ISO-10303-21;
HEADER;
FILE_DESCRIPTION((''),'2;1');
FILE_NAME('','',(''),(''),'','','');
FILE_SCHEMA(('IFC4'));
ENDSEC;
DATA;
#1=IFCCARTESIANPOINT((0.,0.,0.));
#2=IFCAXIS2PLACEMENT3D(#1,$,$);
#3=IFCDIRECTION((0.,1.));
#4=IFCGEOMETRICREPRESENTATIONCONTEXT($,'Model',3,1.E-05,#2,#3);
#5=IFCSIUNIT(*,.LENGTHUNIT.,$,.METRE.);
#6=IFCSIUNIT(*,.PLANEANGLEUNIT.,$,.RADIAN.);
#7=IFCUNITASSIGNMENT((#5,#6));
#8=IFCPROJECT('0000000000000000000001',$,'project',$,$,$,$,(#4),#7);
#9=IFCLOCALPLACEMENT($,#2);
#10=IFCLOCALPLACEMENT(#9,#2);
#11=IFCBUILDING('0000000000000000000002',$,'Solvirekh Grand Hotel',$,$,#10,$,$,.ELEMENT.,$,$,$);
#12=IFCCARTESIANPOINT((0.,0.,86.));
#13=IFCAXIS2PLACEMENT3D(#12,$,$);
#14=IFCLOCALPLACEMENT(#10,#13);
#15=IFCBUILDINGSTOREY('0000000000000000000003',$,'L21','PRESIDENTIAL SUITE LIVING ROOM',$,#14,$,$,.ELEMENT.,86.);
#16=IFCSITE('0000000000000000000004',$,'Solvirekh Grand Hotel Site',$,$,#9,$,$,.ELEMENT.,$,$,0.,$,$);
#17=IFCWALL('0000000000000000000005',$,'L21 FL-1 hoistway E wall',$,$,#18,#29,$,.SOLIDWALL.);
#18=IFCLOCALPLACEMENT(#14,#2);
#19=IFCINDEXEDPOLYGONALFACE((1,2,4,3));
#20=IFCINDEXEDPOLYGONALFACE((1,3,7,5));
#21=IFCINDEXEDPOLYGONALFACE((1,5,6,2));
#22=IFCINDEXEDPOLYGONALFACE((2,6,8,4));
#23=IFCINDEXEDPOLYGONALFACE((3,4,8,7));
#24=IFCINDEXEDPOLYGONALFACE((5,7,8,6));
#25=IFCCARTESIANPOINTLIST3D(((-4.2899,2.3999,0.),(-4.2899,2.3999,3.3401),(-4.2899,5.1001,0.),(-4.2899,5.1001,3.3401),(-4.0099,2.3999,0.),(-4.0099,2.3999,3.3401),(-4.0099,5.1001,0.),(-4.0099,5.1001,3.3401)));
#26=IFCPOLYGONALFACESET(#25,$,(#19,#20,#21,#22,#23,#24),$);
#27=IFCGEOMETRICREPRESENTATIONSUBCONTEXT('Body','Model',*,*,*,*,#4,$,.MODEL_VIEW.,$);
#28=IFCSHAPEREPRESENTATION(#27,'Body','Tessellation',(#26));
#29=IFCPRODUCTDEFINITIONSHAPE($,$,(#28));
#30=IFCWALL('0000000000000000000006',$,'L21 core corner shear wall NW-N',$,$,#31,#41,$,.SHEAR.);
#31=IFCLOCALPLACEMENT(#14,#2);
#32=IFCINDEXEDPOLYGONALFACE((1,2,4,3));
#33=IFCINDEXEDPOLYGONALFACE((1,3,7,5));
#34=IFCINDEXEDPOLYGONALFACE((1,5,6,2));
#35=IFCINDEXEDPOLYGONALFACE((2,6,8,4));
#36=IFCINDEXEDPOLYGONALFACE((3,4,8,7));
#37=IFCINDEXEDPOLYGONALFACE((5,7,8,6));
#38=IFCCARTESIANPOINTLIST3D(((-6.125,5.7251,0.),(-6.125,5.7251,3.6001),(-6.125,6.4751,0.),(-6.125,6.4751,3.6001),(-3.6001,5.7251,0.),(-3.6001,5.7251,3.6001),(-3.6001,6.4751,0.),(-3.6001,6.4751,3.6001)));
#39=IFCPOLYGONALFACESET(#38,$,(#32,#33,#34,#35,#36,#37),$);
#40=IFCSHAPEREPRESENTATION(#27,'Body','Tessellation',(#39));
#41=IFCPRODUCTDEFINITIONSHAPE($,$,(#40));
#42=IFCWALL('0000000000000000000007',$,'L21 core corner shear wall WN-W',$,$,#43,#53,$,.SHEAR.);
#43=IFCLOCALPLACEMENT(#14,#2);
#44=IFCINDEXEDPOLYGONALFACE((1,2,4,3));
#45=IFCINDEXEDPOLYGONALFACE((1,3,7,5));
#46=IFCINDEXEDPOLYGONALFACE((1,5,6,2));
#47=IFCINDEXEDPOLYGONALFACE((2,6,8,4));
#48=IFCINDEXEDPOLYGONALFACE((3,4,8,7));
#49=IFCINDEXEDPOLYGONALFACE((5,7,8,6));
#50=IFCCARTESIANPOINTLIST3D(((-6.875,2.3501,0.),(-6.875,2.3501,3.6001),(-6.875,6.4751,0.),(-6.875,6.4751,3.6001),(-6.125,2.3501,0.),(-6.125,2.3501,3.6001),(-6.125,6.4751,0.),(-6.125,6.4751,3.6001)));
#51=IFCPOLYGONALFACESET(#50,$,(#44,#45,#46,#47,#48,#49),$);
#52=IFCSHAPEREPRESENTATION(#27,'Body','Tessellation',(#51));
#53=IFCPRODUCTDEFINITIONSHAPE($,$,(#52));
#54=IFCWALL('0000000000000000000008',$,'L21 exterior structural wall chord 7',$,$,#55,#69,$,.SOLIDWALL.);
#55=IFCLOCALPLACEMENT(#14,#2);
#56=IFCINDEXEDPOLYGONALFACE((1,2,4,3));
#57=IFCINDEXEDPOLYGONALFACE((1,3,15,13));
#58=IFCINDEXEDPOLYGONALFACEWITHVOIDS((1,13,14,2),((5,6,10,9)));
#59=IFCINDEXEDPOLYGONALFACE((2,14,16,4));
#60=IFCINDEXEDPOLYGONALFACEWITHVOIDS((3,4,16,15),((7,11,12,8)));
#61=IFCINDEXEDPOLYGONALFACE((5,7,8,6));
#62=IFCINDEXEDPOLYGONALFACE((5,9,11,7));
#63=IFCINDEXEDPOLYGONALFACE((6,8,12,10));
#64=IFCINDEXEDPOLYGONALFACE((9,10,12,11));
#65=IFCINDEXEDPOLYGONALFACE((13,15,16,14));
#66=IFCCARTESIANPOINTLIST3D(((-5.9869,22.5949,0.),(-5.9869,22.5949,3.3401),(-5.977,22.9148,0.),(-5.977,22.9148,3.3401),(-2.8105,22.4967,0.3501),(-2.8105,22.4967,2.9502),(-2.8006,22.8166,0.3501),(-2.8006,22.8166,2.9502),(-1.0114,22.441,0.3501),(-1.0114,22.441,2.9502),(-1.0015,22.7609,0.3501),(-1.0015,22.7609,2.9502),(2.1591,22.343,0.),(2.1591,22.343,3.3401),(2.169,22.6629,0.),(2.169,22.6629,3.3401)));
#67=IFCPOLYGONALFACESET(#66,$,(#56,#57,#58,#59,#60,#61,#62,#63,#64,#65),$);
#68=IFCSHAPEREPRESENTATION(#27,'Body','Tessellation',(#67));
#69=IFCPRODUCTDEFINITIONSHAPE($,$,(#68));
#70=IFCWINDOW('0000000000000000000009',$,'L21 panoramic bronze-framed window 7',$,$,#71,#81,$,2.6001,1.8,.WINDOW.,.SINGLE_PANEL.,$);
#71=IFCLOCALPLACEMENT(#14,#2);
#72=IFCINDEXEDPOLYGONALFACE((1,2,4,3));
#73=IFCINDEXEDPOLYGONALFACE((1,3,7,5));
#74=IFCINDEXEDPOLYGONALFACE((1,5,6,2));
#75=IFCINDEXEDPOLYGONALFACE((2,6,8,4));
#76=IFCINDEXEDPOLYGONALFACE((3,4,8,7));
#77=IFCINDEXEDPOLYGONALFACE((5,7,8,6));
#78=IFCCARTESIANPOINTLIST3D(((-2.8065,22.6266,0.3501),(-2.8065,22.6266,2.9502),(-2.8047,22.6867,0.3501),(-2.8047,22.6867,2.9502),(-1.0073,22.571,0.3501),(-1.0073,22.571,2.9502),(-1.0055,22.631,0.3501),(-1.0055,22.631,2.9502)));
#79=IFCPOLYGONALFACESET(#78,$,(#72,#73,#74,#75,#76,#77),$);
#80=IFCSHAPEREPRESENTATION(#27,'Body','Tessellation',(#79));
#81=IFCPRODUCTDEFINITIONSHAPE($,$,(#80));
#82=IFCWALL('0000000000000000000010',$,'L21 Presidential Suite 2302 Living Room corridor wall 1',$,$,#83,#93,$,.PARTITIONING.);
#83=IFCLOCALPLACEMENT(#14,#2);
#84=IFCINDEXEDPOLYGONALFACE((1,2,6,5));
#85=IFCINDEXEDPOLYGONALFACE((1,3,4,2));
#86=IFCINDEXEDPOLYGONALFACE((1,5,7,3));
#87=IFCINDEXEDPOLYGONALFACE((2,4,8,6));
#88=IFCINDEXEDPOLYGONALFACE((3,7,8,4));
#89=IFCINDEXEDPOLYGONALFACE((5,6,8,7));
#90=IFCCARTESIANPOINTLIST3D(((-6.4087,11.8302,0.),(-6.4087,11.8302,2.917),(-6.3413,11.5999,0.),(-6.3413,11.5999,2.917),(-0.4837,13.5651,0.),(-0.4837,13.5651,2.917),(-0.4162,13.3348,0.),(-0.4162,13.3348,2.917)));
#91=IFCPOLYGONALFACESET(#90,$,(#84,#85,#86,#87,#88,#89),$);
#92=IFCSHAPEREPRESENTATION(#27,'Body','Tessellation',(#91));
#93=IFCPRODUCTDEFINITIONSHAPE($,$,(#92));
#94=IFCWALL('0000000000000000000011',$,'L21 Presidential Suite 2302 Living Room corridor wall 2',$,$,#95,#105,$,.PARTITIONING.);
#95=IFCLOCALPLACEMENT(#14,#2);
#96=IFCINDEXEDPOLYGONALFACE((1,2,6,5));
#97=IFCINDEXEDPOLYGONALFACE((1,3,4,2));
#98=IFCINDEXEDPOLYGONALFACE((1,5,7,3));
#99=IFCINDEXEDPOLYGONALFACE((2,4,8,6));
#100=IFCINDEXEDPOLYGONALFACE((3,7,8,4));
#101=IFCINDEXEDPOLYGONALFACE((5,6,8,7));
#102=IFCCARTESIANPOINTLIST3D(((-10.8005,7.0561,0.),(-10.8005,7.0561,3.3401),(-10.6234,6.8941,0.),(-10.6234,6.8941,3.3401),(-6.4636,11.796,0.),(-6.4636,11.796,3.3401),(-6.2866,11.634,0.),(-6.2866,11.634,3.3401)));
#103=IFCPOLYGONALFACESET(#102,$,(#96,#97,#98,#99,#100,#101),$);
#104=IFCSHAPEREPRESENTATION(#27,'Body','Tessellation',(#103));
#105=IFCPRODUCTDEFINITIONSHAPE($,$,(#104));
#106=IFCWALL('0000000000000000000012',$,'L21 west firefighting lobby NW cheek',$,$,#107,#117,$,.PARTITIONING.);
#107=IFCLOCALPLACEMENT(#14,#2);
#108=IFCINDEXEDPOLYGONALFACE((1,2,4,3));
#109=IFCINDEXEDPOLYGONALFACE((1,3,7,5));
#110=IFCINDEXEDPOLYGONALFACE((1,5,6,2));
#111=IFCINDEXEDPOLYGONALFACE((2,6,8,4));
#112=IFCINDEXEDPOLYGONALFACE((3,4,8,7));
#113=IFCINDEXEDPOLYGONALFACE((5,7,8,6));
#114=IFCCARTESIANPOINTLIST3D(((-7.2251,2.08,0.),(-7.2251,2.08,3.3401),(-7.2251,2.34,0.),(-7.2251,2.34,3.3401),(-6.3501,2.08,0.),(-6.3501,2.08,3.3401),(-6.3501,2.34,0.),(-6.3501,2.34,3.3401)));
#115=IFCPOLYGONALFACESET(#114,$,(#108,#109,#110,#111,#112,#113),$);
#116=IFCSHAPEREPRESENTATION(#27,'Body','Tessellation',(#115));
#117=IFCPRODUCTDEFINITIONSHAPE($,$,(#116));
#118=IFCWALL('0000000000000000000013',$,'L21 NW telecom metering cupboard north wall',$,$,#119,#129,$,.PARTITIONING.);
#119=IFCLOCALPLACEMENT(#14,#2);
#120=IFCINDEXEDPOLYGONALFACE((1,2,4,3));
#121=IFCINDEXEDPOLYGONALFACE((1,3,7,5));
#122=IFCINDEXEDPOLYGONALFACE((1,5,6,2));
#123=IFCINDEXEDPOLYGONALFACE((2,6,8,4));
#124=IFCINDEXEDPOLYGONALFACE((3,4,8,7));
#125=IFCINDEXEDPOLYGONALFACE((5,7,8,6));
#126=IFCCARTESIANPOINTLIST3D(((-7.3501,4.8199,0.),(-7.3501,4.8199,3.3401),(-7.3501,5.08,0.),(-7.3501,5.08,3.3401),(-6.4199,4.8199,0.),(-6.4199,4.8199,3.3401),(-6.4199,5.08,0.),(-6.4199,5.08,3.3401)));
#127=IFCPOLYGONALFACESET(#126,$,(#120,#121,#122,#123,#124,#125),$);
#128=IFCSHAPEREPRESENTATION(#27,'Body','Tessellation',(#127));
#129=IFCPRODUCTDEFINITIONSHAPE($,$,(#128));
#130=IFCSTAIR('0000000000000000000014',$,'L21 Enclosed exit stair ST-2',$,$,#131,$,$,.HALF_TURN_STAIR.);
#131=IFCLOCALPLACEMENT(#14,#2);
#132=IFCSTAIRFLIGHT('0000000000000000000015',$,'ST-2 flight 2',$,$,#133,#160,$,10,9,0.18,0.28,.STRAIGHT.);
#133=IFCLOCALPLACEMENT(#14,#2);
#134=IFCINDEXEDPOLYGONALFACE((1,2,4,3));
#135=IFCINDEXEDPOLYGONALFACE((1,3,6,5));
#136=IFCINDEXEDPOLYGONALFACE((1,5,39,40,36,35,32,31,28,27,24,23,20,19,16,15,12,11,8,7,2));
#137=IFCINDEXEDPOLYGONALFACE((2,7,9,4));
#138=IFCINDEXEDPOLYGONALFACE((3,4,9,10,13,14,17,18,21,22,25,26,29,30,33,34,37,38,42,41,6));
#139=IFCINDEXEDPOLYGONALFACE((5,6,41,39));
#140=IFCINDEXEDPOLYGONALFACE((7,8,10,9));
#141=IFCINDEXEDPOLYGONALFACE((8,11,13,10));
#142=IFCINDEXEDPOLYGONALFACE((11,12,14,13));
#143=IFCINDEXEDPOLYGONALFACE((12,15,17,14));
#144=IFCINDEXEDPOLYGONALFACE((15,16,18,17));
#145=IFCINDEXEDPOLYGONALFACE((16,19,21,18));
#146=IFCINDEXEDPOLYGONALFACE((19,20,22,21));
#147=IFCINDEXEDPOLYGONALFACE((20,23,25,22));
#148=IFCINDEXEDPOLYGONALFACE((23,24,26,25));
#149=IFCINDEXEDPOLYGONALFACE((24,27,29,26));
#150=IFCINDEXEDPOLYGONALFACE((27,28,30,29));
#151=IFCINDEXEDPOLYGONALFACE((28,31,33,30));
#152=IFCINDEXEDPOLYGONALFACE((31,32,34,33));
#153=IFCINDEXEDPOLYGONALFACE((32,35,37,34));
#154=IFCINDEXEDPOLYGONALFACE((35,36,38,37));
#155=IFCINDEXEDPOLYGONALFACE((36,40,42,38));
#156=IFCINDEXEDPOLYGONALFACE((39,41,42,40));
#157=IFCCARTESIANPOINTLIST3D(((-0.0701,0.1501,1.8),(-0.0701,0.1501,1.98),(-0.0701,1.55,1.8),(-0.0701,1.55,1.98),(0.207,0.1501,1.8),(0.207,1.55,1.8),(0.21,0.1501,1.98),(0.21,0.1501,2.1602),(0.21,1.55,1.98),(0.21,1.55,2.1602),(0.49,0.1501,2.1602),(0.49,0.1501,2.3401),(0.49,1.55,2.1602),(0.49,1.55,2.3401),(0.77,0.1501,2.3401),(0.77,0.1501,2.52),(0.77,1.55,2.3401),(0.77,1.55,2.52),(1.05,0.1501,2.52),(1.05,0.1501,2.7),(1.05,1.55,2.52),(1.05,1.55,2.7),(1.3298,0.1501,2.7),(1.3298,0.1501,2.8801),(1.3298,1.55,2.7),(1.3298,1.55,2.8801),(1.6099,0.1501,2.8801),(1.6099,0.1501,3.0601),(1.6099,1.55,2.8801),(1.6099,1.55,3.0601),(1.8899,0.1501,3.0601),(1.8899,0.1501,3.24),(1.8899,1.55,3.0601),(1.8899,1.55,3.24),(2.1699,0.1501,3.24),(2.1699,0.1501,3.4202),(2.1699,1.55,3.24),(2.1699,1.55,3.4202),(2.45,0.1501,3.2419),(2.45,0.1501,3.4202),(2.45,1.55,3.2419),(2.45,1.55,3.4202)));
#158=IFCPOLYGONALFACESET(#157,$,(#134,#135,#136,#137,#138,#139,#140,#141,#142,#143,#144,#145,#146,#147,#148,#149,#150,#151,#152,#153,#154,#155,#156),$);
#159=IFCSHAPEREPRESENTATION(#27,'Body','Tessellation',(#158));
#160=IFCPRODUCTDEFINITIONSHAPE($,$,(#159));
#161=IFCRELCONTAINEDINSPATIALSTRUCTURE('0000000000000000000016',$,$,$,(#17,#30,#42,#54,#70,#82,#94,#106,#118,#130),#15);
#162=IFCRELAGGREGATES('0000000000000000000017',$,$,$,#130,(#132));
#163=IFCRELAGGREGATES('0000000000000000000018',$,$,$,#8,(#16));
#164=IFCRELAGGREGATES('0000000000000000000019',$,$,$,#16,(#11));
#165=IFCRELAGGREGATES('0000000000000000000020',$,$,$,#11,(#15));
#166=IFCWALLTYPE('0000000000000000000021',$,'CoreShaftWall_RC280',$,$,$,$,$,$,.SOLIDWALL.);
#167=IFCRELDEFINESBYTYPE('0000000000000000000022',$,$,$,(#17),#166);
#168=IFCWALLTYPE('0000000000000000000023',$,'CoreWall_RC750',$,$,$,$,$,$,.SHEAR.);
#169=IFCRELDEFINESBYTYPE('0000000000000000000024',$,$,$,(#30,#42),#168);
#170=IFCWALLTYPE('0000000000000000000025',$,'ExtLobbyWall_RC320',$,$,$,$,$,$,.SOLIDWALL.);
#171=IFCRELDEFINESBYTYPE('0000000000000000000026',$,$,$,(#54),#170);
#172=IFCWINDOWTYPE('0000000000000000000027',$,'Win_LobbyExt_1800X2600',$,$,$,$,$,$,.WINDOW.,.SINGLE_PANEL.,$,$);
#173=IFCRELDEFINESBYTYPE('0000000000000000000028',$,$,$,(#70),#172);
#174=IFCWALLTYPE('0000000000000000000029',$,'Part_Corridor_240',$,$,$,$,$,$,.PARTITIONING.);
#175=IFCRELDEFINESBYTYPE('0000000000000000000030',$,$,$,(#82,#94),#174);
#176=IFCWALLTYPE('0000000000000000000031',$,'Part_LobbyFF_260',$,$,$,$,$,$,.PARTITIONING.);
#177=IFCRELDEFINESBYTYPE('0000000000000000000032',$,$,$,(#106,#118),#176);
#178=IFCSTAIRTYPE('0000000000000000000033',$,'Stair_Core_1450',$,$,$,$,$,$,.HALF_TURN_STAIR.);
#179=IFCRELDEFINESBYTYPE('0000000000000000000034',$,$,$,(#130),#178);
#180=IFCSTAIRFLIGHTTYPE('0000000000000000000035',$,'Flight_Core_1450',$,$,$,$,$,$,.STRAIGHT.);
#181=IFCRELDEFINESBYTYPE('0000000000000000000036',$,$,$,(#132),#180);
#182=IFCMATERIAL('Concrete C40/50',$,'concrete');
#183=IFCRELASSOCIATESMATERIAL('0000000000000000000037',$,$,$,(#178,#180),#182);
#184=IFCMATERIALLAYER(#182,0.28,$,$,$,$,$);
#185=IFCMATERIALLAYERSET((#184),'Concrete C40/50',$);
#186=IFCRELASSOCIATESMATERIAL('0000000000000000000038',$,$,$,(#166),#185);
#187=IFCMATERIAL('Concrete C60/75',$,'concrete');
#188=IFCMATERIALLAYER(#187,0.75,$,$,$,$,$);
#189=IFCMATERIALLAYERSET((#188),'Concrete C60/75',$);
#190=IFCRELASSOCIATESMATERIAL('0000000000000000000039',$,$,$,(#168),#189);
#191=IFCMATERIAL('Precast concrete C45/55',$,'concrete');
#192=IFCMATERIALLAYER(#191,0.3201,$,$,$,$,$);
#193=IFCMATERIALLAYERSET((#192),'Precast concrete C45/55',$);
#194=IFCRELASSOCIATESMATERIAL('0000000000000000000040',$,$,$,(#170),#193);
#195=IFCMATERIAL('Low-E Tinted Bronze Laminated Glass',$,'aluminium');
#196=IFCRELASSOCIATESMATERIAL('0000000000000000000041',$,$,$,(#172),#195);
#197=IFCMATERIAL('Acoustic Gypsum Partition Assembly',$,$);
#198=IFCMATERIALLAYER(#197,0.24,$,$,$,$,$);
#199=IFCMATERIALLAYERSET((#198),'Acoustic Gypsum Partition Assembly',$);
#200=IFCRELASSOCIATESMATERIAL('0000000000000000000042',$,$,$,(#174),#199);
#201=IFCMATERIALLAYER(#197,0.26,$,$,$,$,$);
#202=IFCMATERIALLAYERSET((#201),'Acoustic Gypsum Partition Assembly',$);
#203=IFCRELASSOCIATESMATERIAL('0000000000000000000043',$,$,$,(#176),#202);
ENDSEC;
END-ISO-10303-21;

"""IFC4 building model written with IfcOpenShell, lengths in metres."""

from ifc_helpers import new_model, si_unit, direction, frame, frame_2d, origin, place, context, subcontext, project, spatial, polyline, rectangle, outline, extrude, material, layer, layer_set, type_object, element, fill, aggregate, save


model = new_model("IFC4")

# Units and contexts
model_context = context("Model", 3, precision=1e-05, world=origin(), true_north=direction((0.0, 1.0)))
body_context = subcontext(model_context, "Body", "Model", "MODEL_VIEW")
ifc_project = project(units=[si_unit("LENGTHUNIT", "METRE"), si_unit("PLANEANGLEUNIT", "RADIAN")], contexts=[model_context])

# Site, building, storey
site_placement = place(None, origin())
site = spatial("IfcSite", under=ifc_project, at=site_placement, Name="Solvirekh Grand Hotel Site", CompositionType="ELEMENT", RefElevation=0.0)
building_placement = place(site_placement, origin())
building = spatial("IfcBuilding", under=site, at=building_placement, Name="Solvirekh Grand Hotel", CompositionType="ELEMENT")
storey_placement = place(building_placement, frame((0.0, 0.0, 86.0)))
storey = spatial("IfcBuildingStorey", under=building, at=storey_placement, Name="L21", Description="PRESIDENTIAL SUITE LIVING ROOM", CompositionType="ELEMENT", Elevation=86.0)

# Shared definitions
ifc_material_1 = material(Name="Concrete C60/75", Category="concrete")

# Shared definitions
ifc_material_2 = material(Name="Concrete C40/50", Category="concrete")
stair_type = type_object("IfcStairType", Name="Stair_Core_1450", PredefinedType="HALF_TURN_STAIR", material=ifc_material_2)

# Shared definitions
ifc_layer_1 = layer(ifc_material_2, 0.28)
ifc_layer_set_1 = layer_set([ifc_layer_1], Name="Concrete C40/50")
wall_type_1 = type_object("IfcWallType", Name="CoreShaftWall_RC280", PredefinedType="SOLIDWALL", material=ifc_layer_set_1)

# Walls
wall_1_placement = place(storey_placement, frame((-4.1499, 2.3999, 0.0), z_axis=(0.0, 0.0, 1.0), x_axis=(0.0, 1.0, 0.0)))
element("IfcWall", 1, at=wall_1_placement, inside=storey, type_object=wall_type_1, Name="L21 FL-1 hoistway E wall", PredefinedType="SOLIDWALL", context=body_context, shape_type="SweptSolid", body=[
    extrude(rectangle(XDim=2.7002, YDim=0.28, at=frame_2d((1.3501, 0.0))), origin(), (0.0, 0.0, 1.0), 3.3401),
])
ifc_layer_2 = layer(ifc_material_1, 0.75)
ifc_layer_set_2 = layer_set([ifc_layer_2], Name="Concrete C60/75")
wall_type_2 = type_object("IfcWallType", Name="CoreWall_RC750", PredefinedType="SHEAR", material=ifc_layer_set_2)
wall_2_placement = place(storey_placement, frame((-6.125, 6.1001, 0.0), z_axis=(0.0, 0.0, 1.0), x_axis=(1.0, 0.0, 0.0)))
element("IfcWall", 2, at=wall_2_placement, inside=storey, type_object=wall_type_2, Name="L21 core corner shear wall NW-N", PredefinedType="SHEAR", context=body_context, shape_type="SweptSolid", body=[
    extrude(rectangle(XDim=2.5249, YDim=0.75, at=frame_2d((1.2625, 0.0))), origin(), (0.0, 0.0, 1.0), 3.6001),
])
wall_3_placement = place(storey_placement, frame((-6.5, 2.3501, 0.0), z_axis=(0.0, 0.0, 1.0), x_axis=(0.0, 1.0, 0.0)))
element("IfcWall", 3, at=wall_3_placement, inside=storey, type_object=wall_type_2, Name="L21 core corner shear wall WN-W", PredefinedType="SHEAR", context=body_context, shape_type="SweptSolid", body=[
    extrude(rectangle(XDim=4.125, YDim=0.75, at=frame_2d((2.0625, 0.0))), origin(), (0.0, 0.0, 1.0), 3.6001),
])

# Wall, opening, window
ifc_material_3 = material(Name="Precast concrete C45/55", Category="concrete")
ifc_layer_3 = layer(ifc_material_3, 0.3201)
ifc_layer_set_3 = layer_set([ifc_layer_3], Name="Precast concrete C45/55")
wall_type_3 = type_object("IfcWallType", Name="ExtLobbyWall_RC320", PredefinedType="SOLIDWALL", material=ifc_layer_set_3)
wall_4_placement = place(storey_placement, frame((-5.9819, 22.7549, 0.0), z_axis=(0.0, 0.0, 1.0), x_axis=(0.999522, -0.030915, 0.0)))
wall_4 = element("IfcWall", 4, at=wall_4_placement, inside=storey, type_object=wall_type_3, Name="L21 exterior structural wall chord 7", PredefinedType="SOLIDWALL", context=body_context, shape_type="SweptSolid", body=[
    extrude(rectangle(XDim=8.1499, YDim=0.3201, at=frame_2d((4.075, 0.0))), origin(), (0.0, 0.0, 1.0), 3.3401),
])
opening_1_placement = place(wall_4_placement, frame((3.178, 0.0, 0.3501)))
opening_1 = element("IfcOpeningElement", 5, at=opening_1_placement, cuts=wall_4, PredefinedType="OPENING", context=body_context, shape_type="SweptSolid", body=[
    extrude(rectangle(XDim=1.8, YDim=2.6001, at=frame_2d((0.8999, 1.3))), frame((0.0, 0.1699, 0.0), z_axis=(0.0, -1.0, 0.0), x_axis=(1.0, 0.0, 0.0)), (0.0, 0.0, 1.0), 0.3401),
])
ifc_material_4 = material(Name="Low-E Tinted Bronze Laminated Glass", Category="aluminium")
window_type = type_object("IfcWindowType", Name="Win_LobbyExt_1800X2600", PartitioningType="SINGLE_PANEL", PredefinedType="WINDOW", material=ifc_material_4)
window_placement = place(opening_1_placement, origin())
window = element("IfcWindow", 6, at=window_placement, inside=storey, type_object=window_type, Name="L21 panoramic bronze-framed window 7", OverallHeight=2.6001, OverallWidth=1.8, PartitioningType="SINGLE_PANEL", PredefinedType="WINDOW", context=body_context, shape_type="SweptSolid", body=[
    extrude(rectangle(XDim=1.8, YDim=2.6001, at=frame_2d((0.8999, 1.3))), frame((0.0, 0.03, 0.0), z_axis=(0.0, -1.0, 0.0), x_axis=(1.0, 0.0, 0.0)), (0.0, 0.0, 1.0), 0.0601),
])
fill(opening_1, window)

# Walls
ifc_material_5 = material(Name="Acoustic Gypsum Partition Assembly")
ifc_layer_4 = layer(ifc_material_5, 0.24)
ifc_layer_set_4 = layer_set([ifc_layer_4], Name="Acoustic Gypsum Partition Assembly")
wall_type_4 = type_object("IfcWallType", Name="Part_Corridor_240", PredefinedType="PARTITIONING", material=ifc_layer_set_4)
wall_5_placement = place(storey_placement, frame((-0.45, 13.45, 0.0), z_axis=(0.0, 0.0, 1.0), x_axis=(-0.959707, -0.281004, 0.0)))
element("IfcWall", 7, at=wall_5_placement, inside=storey, type_object=wall_type_4, Name="L21 Presidential Suite 2302 Living Room corridor wall 1", PredefinedType="PARTITIONING", context=body_context, shape_type="SweptSolid", body=[
    extrude(rectangle(XDim=6.1738, YDim=0.24, at=frame_2d((3.0869, 0.0))), origin(), (0.0, 0.0, 1.0), 2.917),
])
wall_6_placement = place(storey_placement, frame((-6.375, 11.7151, 0.0), z_axis=(0.0, 0.0, 1.0), x_axis=(-0.675041, -0.73778, 0.0)))
element("IfcWall", 8, at=wall_6_placement, inside=storey, type_object=wall_type_4, Name="L21 Presidential Suite 2302 Living Room corridor wall 2", PredefinedType="PARTITIONING", context=body_context, shape_type="SweptSolid", body=[
    extrude(rectangle(XDim=6.4246, YDim=0.24, at=frame_2d((3.2124, 0.0))), origin(), (0.0, 0.0, 1.0), 3.3401),
])
ifc_layer_5 = layer(ifc_material_5, 0.26)
ifc_layer_set_5 = layer_set([ifc_layer_5], Name="Acoustic Gypsum Partition Assembly")
wall_type_5 = type_object("IfcWallType", Name="Part_LobbyFF_260", PredefinedType="PARTITIONING", material=ifc_layer_set_5)
wall_7_placement = place(storey_placement, frame((-7.2251, 2.21, 0.0), z_axis=(0.0, 0.0, 1.0), x_axis=(1.0, 0.0, 0.0)))
element("IfcWall", 9, at=wall_7_placement, inside=storey, type_object=wall_type_5, Name="L21 west firefighting lobby NW cheek", PredefinedType="PARTITIONING", context=body_context, shape_type="SweptSolid", body=[
    extrude(rectangle(XDim=0.875, YDim=0.26, at=frame_2d((0.4375, 0.0))), origin(), (0.0, 0.0, 1.0), 3.3401),
])
wall_8_placement = place(storey_placement, frame((-7.3501, 4.95, 0.0), z_axis=(0.0, 0.0, 1.0), x_axis=(1.0, 0.0, 0.0)))
element("IfcWall", 10, at=wall_8_placement, inside=storey, type_object=wall_type_5, Name="L21 NW telecom metering cupboard north wall", PredefinedType="PARTITIONING", context=body_context, shape_type="SweptSolid", body=[
    extrude(rectangle(XDim=0.9302, YDim=0.26, at=frame_2d((0.4651, 0.0))), origin(), (0.0, 0.0, 1.0), 3.3401),
])

# Stair, stair flight
stair_1_placement = place(storey_placement, origin())
stair_1 = element("IfcStair", 11, at=stair_1_placement, inside=storey, type_object=stair_type, Name="L21 Enclosed exit stair ST-2", PredefinedType="HALF_TURN_STAIR")
stair_flight_type = type_object("IfcStairFlightType", Name="Flight_Core_1450", PredefinedType="STRAIGHT", material=ifc_material_2)
stair_flight_placement = place(storey_placement, frame((-0.0701, 0.8501, 1.8), z_axis=(0.0, 0.0, 1.0), x_axis=(1.0, 0.0, 0.0)))
stair_flight = element("IfcStairFlight", 12, at=stair_flight_placement, type_object=stair_flight_type, Name="ST-2 flight 2", NumberOfRisers=10, NumberOfTreads=9, PredefinedType="STRAIGHT", RiserHeight=0.18, TreadLength=0.28, context=body_context, shape_type="SweptSolid", body=[
    extrude(outline(polyline([(0.0, 0.0), (0.0, 0.1799), (0.28, 0.1799), (0.28, 0.3601), (0.5601, 0.3601), (0.5601, 0.54), (0.8401, 0.54), (0.8401, 0.72), (1.1201, 0.72), (1.1201, 0.8999), (1.3999, 0.8999), (1.3999, 1.0801), (1.6799, 1.0801), (1.6799, 1.26), (1.96, 1.26), (1.96, 1.4399), (2.24, 1.4399), (2.24, 1.6201), (2.52, 1.6201), (2.52, 1.8), (2.52, 1.4419), (0.2771, 0.0), (0.0, 0.0)])), frame((0.0, 0.7, 0.0), z_axis=(0.0, -1.0, 0.0), x_axis=(1.0, 0.0, 0.0)), (0.0, 0.0, 1.0), 1.3999),
])
aggregate(stair_1, [stair_flight])

save(model, "model.ifc")
